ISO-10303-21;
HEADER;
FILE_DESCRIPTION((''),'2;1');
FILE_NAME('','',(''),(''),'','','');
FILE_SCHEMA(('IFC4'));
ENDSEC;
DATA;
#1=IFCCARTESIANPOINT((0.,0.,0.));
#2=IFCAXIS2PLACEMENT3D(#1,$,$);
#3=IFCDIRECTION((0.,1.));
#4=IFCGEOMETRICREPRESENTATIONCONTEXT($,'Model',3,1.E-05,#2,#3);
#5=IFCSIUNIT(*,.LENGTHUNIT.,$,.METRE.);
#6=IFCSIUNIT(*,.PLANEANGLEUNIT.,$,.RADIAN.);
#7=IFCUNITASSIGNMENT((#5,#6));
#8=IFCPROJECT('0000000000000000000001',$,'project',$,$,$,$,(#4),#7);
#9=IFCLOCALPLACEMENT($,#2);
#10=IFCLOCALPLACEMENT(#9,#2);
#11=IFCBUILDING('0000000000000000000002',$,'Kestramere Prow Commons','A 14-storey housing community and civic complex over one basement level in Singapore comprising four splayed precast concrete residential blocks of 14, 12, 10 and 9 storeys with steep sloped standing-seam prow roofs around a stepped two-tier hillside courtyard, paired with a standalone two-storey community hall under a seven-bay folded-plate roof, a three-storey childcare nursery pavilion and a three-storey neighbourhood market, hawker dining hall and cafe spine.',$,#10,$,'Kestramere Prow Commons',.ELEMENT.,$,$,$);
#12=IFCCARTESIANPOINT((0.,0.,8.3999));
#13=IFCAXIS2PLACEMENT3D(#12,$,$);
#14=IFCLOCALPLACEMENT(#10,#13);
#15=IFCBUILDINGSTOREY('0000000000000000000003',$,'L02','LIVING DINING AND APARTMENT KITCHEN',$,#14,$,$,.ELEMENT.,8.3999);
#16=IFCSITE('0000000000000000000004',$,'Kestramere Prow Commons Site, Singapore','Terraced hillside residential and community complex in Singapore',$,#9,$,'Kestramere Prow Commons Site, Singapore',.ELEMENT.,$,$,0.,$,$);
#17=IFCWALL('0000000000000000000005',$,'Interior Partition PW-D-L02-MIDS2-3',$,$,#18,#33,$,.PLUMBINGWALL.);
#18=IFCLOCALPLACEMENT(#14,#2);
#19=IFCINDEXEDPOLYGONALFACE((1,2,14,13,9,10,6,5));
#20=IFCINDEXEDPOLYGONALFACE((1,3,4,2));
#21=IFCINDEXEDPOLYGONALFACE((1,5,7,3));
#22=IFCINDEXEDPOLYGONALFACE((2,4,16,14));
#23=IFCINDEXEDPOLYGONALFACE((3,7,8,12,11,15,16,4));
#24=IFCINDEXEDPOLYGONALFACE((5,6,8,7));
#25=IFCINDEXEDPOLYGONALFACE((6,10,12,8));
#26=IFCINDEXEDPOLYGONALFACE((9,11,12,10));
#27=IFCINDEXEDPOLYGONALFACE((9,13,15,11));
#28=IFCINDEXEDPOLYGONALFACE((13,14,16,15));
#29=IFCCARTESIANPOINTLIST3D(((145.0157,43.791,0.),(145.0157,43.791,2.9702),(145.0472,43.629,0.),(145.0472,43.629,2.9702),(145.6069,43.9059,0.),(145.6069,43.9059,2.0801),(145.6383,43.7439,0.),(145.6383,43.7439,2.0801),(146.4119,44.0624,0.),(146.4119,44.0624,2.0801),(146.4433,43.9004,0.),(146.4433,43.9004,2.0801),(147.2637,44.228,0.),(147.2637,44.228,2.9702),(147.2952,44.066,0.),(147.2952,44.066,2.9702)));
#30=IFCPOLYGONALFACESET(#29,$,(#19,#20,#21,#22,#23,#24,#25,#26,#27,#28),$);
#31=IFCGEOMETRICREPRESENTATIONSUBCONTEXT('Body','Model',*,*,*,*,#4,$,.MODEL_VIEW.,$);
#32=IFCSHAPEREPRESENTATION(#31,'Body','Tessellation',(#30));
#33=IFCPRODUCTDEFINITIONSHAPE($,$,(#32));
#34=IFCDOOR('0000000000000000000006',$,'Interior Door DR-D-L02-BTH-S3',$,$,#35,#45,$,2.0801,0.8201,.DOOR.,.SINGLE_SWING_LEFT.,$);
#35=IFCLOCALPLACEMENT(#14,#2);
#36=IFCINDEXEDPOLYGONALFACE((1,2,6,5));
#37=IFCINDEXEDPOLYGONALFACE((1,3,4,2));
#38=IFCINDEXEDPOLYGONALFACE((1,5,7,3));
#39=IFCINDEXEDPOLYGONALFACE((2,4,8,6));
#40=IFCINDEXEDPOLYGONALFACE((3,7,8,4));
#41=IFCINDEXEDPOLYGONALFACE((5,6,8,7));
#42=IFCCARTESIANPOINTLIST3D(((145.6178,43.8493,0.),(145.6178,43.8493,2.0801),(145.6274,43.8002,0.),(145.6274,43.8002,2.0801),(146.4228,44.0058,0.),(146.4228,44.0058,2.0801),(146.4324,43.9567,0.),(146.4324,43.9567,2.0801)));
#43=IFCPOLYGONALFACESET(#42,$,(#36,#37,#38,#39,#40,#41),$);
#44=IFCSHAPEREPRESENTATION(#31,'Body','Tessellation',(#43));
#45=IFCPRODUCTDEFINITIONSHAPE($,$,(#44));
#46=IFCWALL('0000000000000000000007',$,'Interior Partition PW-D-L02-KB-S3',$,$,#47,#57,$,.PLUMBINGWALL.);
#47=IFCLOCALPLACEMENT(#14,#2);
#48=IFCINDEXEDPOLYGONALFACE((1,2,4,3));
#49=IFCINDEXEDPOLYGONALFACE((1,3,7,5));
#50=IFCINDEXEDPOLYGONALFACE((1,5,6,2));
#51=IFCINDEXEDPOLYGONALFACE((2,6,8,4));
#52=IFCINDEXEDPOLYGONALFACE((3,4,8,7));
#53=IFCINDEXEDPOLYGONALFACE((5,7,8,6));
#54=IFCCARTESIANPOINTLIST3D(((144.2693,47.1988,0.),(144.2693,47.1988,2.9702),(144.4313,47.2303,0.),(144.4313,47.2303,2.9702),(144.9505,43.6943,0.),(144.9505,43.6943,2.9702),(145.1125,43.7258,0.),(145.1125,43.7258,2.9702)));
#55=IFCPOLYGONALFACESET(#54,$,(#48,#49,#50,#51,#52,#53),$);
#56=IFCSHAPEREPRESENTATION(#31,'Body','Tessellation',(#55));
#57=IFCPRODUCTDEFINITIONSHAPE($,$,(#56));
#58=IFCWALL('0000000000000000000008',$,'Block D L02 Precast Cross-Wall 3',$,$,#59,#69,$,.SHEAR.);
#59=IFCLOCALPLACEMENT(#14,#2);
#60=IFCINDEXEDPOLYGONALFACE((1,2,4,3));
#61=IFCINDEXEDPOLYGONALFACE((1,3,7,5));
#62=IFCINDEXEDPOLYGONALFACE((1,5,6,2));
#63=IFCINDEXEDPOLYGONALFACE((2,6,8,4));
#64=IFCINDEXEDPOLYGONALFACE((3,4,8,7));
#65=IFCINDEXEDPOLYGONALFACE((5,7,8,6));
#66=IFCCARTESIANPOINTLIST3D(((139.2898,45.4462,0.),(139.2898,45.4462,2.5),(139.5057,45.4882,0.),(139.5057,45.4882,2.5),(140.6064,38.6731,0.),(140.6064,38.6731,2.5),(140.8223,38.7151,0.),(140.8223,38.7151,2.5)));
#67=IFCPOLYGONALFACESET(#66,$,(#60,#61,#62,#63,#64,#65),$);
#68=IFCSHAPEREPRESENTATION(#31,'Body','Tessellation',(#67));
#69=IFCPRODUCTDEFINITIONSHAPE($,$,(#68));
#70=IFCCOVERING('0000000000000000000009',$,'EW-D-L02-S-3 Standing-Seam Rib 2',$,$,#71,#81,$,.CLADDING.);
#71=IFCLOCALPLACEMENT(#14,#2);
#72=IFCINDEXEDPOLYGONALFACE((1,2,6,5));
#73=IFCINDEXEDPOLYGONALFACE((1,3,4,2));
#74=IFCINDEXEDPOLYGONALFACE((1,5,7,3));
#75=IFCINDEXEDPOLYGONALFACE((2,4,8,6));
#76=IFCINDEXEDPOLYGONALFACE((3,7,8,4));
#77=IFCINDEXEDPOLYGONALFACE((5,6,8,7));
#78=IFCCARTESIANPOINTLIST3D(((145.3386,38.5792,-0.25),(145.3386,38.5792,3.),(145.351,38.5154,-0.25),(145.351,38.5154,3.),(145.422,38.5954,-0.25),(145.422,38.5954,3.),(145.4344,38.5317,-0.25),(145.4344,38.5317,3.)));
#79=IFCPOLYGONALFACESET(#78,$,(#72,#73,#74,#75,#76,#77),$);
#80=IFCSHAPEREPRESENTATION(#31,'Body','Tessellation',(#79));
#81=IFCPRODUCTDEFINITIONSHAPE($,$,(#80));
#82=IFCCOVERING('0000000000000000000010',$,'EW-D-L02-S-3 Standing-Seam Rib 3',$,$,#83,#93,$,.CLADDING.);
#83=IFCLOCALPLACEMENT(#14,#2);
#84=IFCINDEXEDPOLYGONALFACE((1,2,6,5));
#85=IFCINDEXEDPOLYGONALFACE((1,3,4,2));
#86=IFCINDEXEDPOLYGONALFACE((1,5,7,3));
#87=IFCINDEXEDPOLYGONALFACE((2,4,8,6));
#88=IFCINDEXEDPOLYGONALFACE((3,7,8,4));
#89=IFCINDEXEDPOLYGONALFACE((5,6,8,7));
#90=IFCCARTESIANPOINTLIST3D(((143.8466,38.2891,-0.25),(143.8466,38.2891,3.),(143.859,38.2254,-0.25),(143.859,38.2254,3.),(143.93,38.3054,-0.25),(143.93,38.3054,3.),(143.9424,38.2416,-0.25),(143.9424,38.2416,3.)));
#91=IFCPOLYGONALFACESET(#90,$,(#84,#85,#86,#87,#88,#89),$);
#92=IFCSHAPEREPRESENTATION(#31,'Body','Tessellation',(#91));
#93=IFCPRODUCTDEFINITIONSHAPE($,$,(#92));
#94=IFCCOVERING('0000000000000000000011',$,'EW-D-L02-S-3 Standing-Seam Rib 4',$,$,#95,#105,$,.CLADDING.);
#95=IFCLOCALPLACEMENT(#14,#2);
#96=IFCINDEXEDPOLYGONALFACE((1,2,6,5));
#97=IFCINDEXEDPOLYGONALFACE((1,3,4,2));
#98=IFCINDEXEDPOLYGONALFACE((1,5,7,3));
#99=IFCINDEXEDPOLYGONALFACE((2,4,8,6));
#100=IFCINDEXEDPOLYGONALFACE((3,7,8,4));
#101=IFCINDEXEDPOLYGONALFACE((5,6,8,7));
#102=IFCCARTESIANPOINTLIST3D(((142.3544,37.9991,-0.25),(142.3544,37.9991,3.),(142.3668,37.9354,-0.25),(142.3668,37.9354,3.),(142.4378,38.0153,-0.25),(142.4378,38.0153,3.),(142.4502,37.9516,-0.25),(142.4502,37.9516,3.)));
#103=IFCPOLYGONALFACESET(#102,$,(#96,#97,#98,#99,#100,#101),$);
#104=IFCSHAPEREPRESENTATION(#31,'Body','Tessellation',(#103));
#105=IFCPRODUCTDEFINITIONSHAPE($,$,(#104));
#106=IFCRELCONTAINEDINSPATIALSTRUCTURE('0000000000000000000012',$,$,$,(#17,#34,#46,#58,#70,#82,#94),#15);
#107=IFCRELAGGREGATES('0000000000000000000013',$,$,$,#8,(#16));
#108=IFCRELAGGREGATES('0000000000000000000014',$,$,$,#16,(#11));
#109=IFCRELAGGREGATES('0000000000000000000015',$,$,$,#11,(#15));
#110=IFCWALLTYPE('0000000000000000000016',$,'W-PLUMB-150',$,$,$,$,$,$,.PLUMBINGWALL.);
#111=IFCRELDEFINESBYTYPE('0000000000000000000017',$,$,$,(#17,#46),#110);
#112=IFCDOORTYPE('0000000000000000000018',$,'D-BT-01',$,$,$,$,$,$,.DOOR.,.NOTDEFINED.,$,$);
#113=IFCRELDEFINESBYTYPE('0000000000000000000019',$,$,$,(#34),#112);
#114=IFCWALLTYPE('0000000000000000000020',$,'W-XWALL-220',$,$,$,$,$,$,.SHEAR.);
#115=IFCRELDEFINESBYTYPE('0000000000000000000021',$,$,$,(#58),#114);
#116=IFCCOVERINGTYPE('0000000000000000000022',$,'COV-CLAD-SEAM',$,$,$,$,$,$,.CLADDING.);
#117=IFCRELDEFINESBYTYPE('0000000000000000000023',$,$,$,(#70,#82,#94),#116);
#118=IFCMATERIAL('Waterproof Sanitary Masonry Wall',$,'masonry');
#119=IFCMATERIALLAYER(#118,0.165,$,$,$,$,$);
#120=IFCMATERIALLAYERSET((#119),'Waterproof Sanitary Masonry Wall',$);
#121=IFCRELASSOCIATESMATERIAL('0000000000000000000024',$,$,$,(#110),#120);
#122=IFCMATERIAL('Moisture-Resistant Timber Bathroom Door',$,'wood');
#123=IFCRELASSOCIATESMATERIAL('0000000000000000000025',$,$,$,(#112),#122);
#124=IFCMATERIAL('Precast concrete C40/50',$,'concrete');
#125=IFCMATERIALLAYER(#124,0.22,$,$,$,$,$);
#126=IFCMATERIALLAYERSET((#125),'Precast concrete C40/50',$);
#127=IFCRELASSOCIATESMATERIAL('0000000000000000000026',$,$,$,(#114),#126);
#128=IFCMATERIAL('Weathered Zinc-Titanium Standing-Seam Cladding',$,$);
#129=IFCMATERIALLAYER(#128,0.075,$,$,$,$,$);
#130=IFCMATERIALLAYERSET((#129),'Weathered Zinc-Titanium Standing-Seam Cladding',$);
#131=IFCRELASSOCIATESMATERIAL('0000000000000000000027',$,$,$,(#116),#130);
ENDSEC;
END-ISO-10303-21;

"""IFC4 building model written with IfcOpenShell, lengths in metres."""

from ifc_helpers import new_model, si_unit, direction, frame, frame_2d, origin, origin_2d, place, context, subcontext, project, spatial, rectangle, extrude, material, layer, layer_set, type_object, element, fill, save


model = new_model("IFC4")

# Units and contexts
model_context = context("Model", 3, precision=1e-05, world=origin(), true_north=direction((0.0, 1.0)))
body_context = subcontext(model_context, "Body", "Model", "MODEL_VIEW")
ifc_project = project(units=[si_unit("LENGTHUNIT", "METRE"), si_unit("PLANEANGLEUNIT", "RADIAN")], contexts=[model_context])

# Site, building, storey
site_placement = place(None, origin())
site = spatial("IfcSite", under=ifc_project, at=site_placement, Name="Kestramere Prow Commons Site, Singapore", Description="Terraced hillside residential and community complex in Singapore", LongName="Kestramere Prow Commons Site, Singapore", CompositionType="ELEMENT", RefElevation=0.0)
building_placement = place(site_placement, origin())
building = spatial("IfcBuilding", under=site, at=building_placement, Name="Kestramere Prow Commons", Description="A 14-storey housing community and civic complex over one basement level in Singapore comprising four splayed precast concrete residential blocks of 14, 12, 10 and 9 storeys with steep sloped standing-seam prow roofs around a stepped two-tier hillside courtyard, paired with a standalone two-storey community hall under a seven-bay folded-plate roof, a three-storey childcare nursery pavilion and a three-storey neighbourhood market, hawker dining hall and cafe spine.", LongName="Kestramere Prow Commons", CompositionType="ELEMENT")
storey_placement = place(building_placement, frame((0.0, 0.0, 8.3999)))
storey = spatial("IfcBuildingStorey", under=building, at=storey_placement, Name="L02", Description="LIVING DINING AND APARTMENT KITCHEN", CompositionType="ELEMENT", Elevation=8.3999)

# Shared definitions
ifc_material_1 = material(Name="Precast concrete C40/50", Category="concrete")

# Wall, opening, door
ifc_material_2 = material(Name="Waterproof Sanitary Masonry Wall", Category="masonry")
ifc_layer_1 = layer(ifc_material_2, 0.165)
ifc_layer_set_1 = layer_set([ifc_layer_1], Name="Waterproof Sanitary Masonry Wall")
wall_type_1 = type_object("IfcWallType", Name="W-PLUMB-150", PredefinedType="PLUMBINGWALL", material=ifc_layer_set_1)
wall_1_placement = place(storey_placement, frame((145.0315, 43.71, 0.0), z_axis=(0.0, 0.0, 1.0), x_axis=(0.981624, 0.190824, 0.0)))
wall_1 = element("IfcWall", 1, at=wall_1_placement, inside=storey, type_object=wall_type_1, Name="Interior Partition PW-D-L02-MIDS2-3", PredefinedType="PLUMBINGWALL", context=body_context, shape_type="SweptSolid", body=[
    extrude(rectangle(XDim=2.29, YDim=0.165, at=frame_2d((1.145, 0.0))), origin(), (0.0, 0.0, 1.0), 2.9702),
])
opening_1_placement = place(wall_1_placement, frame((0.6021, 0.0, 0.0)))
opening_1 = element("IfcOpeningElement", 2, at=opening_1_placement, cuts=wall_1, PredefinedType="OPENING", context=body_context, shape_type="SweptSolid", body=[
    extrude(rectangle(XDim=0.8201, YDim=2.0801, at=frame_2d((0.4102, 1.04))), frame((0.0, 0.0974, 0.0), z_axis=(0.0, -1.0, 0.0), x_axis=(1.0, 0.0, 0.0)), (0.0, 0.0, 1.0), 0.1951),
])
ifc_material_3 = material(Name="Moisture-Resistant Timber Bathroom Door", Category="wood")
door_type_1 = type_object("IfcDoorType", Name="D-BT-01", OperationType="NOTDEFINED", PredefinedType="DOOR", material=ifc_material_3)
door_1_placement = place(opening_1_placement, origin())
door_1 = element("IfcDoor", 3, at=door_1_placement, inside=storey, type_object=door_type_1, Name="Interior Door DR-D-L02-BTH-S3", OperationType="SINGLE_SWING_LEFT", OverallHeight=2.0801, OverallWidth=0.8201, PredefinedType="DOOR", context=body_context, shape_type="SweptSolid", body=[
    extrude(rectangle(XDim=0.8201, YDim=2.0801, at=frame_2d((0.4102, 1.04))), frame((0.0, 0.0249, 0.0), z_axis=(0.0, -1.0, 0.0), x_axis=(1.0, 0.0, 0.0)), (0.0, 0.0, 1.0), 0.05),
])
fill(opening_1, door_1)

# Walls
wall_2_placement = place(storey_placement, frame((145.0315, 43.71, 0.0), z_axis=(0.0, 0.0, 1.0), x_axis=(-0.1908, 0.981629, 0.0)))
element("IfcWall", 4, at=wall_2_placement, inside=storey, type_object=wall_type_1, Name="Interior Partition PW-D-L02-KB-S3", PredefinedType="PLUMBINGWALL", context=body_context, shape_type="SweptSolid", body=[
    extrude(rectangle(XDim=3.5701, YDim=0.165, at=frame_2d((1.7852, 0.0))), origin(), (0.0, 0.0, 1.0), 2.9702),
])
ifc_layer_2 = layer(ifc_material_1, 0.22)
ifc_layer_set_2 = layer_set([ifc_layer_2], Name="Precast concrete C40/50")
wall_type_2 = type_object("IfcWallType", Name="W-XWALL-220", PredefinedType="SHEAR", material=ifc_layer_set_2)
wall_3_placement = place(storey_placement, frame((140.7144, 38.6941, 0.0), z_axis=(0.0, 0.0, 1.0), x_axis=(-0.190819, 0.981625, 0.0)))
element("IfcWall", 5, at=wall_3_placement, inside=storey, type_object=wall_type_2, Name="Block D L02 Precast Cross-Wall 3", PredefinedType="SHEAR", context=body_context, shape_type="SweptSolid", body=[
    extrude(rectangle(XDim=6.8999, YDim=0.22, at=frame_2d((3.45, 0.0))), origin(), (0.0, 0.0, 1.0), 2.5),
])

# Coverings
ifc_material_4 = material(Name="Weathered Zinc-Titanium Standing-Seam Cladding")
ifc_layer_3 = layer(ifc_material_4, 0.075)
ifc_layer_set_3 = layer_set([ifc_layer_3], Name="Weathered Zinc-Titanium Standing-Seam Cladding")
covering_type = type_object("IfcCoveringType", Name="COV-CLAD-SEAM", PredefinedType="CLADDING", material=ifc_layer_set_3)
for number, where, z_axis, x_axis, name in (
    (6, (145.3865, 38.5554, -0.25), (0.0, 0.0, 1.0), (-0.981627, -0.190809, 0.0), "EW-D-L02-S-3 Standing-Seam Rib 2"),
    (7, (143.8945, 38.2654, -0.25), (0.0, 0.0, 1.0), (-0.981627, -0.190809, 0.0), "EW-D-L02-S-3 Standing-Seam Rib 3"),
    (8, (142.4023, 37.9753, -0.25), (0.0, 0.0, 1.0), (-0.981627, -0.190809, 0.0), "EW-D-L02-S-3 Standing-Seam Rib 4"),
):
    element("IfcCovering", number, at=place(storey_placement, frame(where, z_axis=z_axis, x_axis=x_axis)), inside=storey, type_object=covering_type, Name=name, PredefinedType="CLADDING", context=body_context, shape_type="SweptSolid", body=[
        extrude(rectangle(XDim=0.085, YDim=0.0649, at=origin_2d()), origin(), (0.0, 0.0, 1.0), 3.25),
    ])

save(model, "model.ifc")
